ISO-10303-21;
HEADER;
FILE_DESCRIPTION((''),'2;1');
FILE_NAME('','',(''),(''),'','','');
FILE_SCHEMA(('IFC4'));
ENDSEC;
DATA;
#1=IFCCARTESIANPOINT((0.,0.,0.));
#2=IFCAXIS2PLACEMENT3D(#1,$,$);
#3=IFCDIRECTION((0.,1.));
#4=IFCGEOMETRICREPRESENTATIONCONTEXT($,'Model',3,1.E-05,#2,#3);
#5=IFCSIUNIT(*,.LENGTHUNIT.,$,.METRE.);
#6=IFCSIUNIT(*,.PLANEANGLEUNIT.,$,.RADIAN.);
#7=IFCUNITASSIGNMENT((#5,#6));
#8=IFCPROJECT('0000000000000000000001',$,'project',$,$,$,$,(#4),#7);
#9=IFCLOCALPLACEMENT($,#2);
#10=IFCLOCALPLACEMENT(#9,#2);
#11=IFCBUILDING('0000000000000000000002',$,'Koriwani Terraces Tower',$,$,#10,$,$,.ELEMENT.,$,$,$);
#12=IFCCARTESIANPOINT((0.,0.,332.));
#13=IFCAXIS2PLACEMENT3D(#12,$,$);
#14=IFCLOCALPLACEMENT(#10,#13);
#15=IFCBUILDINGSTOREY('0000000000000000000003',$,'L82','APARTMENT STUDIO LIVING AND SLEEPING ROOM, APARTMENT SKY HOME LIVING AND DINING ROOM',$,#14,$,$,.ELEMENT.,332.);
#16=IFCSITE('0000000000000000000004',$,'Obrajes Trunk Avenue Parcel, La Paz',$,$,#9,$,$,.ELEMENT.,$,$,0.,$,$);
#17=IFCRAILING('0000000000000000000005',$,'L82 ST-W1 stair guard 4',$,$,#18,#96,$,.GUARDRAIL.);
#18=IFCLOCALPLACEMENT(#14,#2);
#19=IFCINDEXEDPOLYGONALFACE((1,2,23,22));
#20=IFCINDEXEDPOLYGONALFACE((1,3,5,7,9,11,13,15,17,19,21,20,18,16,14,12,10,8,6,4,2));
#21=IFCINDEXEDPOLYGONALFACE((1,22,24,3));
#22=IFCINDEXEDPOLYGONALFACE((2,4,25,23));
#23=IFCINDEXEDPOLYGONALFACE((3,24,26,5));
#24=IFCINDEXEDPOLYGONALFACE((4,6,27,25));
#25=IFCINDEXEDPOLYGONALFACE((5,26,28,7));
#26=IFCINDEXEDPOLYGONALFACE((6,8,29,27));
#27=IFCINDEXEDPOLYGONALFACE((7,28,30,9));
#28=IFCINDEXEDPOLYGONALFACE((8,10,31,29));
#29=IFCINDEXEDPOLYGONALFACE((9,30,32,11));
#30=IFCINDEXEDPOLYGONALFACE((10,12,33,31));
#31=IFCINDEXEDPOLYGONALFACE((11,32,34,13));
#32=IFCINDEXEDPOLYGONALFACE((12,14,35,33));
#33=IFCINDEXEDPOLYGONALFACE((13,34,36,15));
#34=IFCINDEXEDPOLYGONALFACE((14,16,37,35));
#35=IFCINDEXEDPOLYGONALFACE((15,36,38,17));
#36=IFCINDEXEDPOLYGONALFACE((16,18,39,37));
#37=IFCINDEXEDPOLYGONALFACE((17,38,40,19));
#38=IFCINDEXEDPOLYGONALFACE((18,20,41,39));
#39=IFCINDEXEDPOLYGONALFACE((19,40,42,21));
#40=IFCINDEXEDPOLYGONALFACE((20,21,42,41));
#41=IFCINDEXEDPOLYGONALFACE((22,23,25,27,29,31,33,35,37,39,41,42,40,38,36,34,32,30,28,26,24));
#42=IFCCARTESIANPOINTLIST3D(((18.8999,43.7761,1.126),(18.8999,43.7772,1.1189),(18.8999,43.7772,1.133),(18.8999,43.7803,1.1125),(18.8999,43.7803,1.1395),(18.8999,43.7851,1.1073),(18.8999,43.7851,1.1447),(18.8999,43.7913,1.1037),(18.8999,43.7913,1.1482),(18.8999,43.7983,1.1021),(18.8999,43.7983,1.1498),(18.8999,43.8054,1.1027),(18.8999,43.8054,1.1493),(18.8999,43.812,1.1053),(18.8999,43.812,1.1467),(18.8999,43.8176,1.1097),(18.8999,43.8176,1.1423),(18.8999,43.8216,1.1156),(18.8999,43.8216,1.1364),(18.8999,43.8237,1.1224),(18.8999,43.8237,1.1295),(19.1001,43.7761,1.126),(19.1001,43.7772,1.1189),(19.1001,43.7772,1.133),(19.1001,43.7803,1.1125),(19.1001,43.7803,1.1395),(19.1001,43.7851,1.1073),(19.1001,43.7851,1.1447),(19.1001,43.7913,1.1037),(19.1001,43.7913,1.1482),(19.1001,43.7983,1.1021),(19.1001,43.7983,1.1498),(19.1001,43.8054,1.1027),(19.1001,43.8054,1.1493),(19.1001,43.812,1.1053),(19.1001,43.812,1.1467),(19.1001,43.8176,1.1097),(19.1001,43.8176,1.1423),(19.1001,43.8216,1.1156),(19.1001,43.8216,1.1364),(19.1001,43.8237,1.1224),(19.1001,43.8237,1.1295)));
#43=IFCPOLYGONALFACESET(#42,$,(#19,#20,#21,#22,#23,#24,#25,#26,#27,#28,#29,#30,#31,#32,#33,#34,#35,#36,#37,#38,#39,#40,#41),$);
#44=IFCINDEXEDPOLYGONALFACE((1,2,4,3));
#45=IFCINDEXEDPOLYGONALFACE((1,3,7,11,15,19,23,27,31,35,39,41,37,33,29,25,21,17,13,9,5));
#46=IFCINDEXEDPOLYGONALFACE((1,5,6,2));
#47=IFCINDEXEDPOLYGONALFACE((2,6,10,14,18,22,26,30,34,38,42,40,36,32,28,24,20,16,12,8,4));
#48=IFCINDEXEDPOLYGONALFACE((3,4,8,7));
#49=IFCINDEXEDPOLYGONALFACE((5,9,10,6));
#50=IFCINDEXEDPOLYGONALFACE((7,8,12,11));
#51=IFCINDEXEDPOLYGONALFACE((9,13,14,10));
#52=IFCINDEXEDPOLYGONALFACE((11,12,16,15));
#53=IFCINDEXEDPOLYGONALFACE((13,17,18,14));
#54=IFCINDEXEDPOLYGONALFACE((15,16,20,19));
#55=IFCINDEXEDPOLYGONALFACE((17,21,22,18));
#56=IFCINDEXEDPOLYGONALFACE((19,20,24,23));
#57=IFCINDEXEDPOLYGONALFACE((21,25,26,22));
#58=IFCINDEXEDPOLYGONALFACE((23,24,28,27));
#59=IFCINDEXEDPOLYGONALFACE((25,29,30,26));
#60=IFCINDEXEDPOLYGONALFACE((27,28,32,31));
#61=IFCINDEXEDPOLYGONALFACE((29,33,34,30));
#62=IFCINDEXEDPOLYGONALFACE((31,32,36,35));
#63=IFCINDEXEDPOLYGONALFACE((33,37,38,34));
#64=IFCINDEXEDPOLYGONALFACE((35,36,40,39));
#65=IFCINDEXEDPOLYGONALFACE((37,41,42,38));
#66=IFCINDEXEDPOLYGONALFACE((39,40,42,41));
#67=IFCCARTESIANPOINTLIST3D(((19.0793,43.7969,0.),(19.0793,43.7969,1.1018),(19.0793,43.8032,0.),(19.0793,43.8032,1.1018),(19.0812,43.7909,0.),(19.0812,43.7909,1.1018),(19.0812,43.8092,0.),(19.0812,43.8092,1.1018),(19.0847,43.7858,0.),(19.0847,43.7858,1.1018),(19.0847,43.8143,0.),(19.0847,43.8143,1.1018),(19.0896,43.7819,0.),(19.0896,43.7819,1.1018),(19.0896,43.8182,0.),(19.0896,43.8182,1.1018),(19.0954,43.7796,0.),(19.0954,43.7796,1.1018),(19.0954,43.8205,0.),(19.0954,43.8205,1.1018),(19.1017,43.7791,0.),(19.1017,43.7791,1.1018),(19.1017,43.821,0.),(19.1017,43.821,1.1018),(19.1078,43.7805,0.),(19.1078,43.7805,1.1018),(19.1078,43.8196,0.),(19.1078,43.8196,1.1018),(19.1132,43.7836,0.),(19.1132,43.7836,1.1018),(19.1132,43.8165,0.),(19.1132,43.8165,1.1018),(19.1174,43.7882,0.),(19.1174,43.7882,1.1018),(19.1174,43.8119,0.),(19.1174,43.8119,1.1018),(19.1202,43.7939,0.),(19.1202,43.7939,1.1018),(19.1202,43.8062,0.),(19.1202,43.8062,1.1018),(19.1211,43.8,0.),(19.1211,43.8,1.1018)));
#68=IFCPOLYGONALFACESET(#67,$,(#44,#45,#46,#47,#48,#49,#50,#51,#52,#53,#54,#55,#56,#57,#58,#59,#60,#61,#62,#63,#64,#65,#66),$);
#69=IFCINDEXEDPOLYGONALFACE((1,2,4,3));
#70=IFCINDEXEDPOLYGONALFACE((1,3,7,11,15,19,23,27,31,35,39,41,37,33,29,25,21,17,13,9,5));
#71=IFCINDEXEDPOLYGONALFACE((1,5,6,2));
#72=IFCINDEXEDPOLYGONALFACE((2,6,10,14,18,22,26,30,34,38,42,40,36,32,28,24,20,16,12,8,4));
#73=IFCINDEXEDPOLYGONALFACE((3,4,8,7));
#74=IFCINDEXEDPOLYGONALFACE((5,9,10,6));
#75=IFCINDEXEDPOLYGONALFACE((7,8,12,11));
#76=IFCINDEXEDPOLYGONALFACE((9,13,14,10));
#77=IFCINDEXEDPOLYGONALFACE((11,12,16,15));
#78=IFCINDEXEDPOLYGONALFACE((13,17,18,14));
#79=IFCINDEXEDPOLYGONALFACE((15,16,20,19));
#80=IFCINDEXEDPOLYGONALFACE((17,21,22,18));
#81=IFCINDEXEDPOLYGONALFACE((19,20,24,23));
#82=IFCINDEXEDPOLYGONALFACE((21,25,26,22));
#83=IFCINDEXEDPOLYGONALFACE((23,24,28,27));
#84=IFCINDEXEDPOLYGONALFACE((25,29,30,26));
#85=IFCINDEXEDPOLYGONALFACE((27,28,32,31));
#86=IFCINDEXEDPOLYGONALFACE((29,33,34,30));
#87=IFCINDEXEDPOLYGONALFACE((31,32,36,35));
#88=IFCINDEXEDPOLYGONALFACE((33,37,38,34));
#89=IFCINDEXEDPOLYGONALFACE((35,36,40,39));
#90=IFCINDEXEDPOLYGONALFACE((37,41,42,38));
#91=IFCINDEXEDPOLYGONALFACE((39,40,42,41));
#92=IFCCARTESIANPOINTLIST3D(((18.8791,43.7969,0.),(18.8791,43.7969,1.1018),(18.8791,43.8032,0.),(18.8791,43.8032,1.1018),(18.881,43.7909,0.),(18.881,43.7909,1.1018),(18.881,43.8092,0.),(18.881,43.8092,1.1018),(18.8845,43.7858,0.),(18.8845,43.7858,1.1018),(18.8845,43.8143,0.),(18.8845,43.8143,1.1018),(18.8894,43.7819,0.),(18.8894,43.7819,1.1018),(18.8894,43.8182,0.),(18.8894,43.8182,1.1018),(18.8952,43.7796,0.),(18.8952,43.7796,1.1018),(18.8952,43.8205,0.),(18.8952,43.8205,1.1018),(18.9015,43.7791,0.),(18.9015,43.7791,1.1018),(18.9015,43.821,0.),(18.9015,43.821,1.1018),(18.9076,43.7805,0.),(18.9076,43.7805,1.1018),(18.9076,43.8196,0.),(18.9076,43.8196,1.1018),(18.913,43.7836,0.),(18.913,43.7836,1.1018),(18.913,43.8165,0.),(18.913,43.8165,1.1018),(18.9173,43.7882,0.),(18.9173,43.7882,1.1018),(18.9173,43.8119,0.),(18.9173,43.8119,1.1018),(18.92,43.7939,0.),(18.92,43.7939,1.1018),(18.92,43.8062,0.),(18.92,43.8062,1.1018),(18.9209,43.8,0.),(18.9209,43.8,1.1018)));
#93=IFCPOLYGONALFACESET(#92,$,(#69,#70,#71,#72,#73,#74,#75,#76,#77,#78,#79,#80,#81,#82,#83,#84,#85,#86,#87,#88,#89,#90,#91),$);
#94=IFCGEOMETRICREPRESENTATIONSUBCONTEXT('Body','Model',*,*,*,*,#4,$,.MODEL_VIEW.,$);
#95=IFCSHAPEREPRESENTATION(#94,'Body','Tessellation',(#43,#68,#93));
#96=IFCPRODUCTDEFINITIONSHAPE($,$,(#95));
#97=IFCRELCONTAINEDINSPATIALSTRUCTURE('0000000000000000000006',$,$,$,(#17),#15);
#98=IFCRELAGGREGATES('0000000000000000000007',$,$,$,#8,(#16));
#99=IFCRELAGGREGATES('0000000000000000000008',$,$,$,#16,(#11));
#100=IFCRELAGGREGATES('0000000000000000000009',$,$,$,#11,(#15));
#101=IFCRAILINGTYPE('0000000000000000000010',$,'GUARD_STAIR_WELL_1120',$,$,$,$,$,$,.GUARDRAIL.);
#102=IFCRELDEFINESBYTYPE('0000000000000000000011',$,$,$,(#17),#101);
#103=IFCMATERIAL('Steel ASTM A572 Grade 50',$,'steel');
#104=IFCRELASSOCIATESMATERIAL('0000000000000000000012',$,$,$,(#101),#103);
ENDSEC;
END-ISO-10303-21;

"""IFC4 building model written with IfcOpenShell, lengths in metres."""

from ifc_helpers import new_model, si_unit, direction, frame, origin, origin_2d, place, context, subcontext, project, spatial, circle, extrude, material, type_object, element, save


model = new_model("IFC4")

# Units and contexts
model_context = context("Model", 3, precision=1e-05, world=origin(), true_north=direction((0.0, 1.0)))
body_context = subcontext(model_context, "Body", "Model", "MODEL_VIEW")
ifc_project = project(units=[si_unit("LENGTHUNIT", "METRE"), si_unit("PLANEANGLEUNIT", "RADIAN")], contexts=[model_context])

# Site, building, storey
site_placement = place(None, origin())
site = spatial("IfcSite", under=ifc_project, at=site_placement, Name="Obrajes Trunk Avenue Parcel, La Paz", CompositionType="ELEMENT", RefElevation=0.0)
building_placement = place(site_placement, origin())
building = spatial("IfcBuilding", under=site, at=building_placement, Name="Koriwani Terraces Tower", CompositionType="ELEMENT")
storey_placement = place(building_placement, frame((0.0, 0.0, 332.0)))
storey = spatial("IfcBuildingStorey", under=building, at=storey_placement, Name="L82", Description="APARTMENT STUDIO LIVING AND SLEEPING ROOM, APARTMENT SKY HOME LIVING AND DINING ROOM", CompositionType="ELEMENT", Elevation=332.0)

# Shared definitions
ifc_material_1 = material(Name="Steel ASTM A572 Grade 50", Category="steel")

# Railing
railing_type_1 = type_object("IfcRailingType", Name="GUARD_STAIR_WELL_1120", PredefinedType="GUARDRAIL", material=ifc_material_1)
railing_1_placement = place(storey_placement, frame((19.1001, 43.8, 0.0)))
element("IfcRailing", 1, at=railing_1_placement, inside=storey, type_object=railing_type_1, Name="L82 ST-W1 stair guard 4", PredefinedType="GUARDRAIL", context=body_context, shape_type="SweptSolid", body=[
    extrude(circle(Radius=0.0239, at=origin_2d()), frame((0.0, 0.0, 1.126), z_axis=(-1.0, 0.0, 0.0), x_axis=(0.0, -1.0, 0.0)), (0.0, 0.0, 1.0), 0.2002),
    extrude(circle(Radius=0.021, at=origin_2d()), origin(), (0.0, 0.0, 1.0), 1.1018),
    extrude(circle(Radius=0.021, at=origin_2d()), frame((-0.2002, 0.0, 0.0)), (0.0, 0.0, 1.0), 1.1018),
])

save(model, "model.ifc")
